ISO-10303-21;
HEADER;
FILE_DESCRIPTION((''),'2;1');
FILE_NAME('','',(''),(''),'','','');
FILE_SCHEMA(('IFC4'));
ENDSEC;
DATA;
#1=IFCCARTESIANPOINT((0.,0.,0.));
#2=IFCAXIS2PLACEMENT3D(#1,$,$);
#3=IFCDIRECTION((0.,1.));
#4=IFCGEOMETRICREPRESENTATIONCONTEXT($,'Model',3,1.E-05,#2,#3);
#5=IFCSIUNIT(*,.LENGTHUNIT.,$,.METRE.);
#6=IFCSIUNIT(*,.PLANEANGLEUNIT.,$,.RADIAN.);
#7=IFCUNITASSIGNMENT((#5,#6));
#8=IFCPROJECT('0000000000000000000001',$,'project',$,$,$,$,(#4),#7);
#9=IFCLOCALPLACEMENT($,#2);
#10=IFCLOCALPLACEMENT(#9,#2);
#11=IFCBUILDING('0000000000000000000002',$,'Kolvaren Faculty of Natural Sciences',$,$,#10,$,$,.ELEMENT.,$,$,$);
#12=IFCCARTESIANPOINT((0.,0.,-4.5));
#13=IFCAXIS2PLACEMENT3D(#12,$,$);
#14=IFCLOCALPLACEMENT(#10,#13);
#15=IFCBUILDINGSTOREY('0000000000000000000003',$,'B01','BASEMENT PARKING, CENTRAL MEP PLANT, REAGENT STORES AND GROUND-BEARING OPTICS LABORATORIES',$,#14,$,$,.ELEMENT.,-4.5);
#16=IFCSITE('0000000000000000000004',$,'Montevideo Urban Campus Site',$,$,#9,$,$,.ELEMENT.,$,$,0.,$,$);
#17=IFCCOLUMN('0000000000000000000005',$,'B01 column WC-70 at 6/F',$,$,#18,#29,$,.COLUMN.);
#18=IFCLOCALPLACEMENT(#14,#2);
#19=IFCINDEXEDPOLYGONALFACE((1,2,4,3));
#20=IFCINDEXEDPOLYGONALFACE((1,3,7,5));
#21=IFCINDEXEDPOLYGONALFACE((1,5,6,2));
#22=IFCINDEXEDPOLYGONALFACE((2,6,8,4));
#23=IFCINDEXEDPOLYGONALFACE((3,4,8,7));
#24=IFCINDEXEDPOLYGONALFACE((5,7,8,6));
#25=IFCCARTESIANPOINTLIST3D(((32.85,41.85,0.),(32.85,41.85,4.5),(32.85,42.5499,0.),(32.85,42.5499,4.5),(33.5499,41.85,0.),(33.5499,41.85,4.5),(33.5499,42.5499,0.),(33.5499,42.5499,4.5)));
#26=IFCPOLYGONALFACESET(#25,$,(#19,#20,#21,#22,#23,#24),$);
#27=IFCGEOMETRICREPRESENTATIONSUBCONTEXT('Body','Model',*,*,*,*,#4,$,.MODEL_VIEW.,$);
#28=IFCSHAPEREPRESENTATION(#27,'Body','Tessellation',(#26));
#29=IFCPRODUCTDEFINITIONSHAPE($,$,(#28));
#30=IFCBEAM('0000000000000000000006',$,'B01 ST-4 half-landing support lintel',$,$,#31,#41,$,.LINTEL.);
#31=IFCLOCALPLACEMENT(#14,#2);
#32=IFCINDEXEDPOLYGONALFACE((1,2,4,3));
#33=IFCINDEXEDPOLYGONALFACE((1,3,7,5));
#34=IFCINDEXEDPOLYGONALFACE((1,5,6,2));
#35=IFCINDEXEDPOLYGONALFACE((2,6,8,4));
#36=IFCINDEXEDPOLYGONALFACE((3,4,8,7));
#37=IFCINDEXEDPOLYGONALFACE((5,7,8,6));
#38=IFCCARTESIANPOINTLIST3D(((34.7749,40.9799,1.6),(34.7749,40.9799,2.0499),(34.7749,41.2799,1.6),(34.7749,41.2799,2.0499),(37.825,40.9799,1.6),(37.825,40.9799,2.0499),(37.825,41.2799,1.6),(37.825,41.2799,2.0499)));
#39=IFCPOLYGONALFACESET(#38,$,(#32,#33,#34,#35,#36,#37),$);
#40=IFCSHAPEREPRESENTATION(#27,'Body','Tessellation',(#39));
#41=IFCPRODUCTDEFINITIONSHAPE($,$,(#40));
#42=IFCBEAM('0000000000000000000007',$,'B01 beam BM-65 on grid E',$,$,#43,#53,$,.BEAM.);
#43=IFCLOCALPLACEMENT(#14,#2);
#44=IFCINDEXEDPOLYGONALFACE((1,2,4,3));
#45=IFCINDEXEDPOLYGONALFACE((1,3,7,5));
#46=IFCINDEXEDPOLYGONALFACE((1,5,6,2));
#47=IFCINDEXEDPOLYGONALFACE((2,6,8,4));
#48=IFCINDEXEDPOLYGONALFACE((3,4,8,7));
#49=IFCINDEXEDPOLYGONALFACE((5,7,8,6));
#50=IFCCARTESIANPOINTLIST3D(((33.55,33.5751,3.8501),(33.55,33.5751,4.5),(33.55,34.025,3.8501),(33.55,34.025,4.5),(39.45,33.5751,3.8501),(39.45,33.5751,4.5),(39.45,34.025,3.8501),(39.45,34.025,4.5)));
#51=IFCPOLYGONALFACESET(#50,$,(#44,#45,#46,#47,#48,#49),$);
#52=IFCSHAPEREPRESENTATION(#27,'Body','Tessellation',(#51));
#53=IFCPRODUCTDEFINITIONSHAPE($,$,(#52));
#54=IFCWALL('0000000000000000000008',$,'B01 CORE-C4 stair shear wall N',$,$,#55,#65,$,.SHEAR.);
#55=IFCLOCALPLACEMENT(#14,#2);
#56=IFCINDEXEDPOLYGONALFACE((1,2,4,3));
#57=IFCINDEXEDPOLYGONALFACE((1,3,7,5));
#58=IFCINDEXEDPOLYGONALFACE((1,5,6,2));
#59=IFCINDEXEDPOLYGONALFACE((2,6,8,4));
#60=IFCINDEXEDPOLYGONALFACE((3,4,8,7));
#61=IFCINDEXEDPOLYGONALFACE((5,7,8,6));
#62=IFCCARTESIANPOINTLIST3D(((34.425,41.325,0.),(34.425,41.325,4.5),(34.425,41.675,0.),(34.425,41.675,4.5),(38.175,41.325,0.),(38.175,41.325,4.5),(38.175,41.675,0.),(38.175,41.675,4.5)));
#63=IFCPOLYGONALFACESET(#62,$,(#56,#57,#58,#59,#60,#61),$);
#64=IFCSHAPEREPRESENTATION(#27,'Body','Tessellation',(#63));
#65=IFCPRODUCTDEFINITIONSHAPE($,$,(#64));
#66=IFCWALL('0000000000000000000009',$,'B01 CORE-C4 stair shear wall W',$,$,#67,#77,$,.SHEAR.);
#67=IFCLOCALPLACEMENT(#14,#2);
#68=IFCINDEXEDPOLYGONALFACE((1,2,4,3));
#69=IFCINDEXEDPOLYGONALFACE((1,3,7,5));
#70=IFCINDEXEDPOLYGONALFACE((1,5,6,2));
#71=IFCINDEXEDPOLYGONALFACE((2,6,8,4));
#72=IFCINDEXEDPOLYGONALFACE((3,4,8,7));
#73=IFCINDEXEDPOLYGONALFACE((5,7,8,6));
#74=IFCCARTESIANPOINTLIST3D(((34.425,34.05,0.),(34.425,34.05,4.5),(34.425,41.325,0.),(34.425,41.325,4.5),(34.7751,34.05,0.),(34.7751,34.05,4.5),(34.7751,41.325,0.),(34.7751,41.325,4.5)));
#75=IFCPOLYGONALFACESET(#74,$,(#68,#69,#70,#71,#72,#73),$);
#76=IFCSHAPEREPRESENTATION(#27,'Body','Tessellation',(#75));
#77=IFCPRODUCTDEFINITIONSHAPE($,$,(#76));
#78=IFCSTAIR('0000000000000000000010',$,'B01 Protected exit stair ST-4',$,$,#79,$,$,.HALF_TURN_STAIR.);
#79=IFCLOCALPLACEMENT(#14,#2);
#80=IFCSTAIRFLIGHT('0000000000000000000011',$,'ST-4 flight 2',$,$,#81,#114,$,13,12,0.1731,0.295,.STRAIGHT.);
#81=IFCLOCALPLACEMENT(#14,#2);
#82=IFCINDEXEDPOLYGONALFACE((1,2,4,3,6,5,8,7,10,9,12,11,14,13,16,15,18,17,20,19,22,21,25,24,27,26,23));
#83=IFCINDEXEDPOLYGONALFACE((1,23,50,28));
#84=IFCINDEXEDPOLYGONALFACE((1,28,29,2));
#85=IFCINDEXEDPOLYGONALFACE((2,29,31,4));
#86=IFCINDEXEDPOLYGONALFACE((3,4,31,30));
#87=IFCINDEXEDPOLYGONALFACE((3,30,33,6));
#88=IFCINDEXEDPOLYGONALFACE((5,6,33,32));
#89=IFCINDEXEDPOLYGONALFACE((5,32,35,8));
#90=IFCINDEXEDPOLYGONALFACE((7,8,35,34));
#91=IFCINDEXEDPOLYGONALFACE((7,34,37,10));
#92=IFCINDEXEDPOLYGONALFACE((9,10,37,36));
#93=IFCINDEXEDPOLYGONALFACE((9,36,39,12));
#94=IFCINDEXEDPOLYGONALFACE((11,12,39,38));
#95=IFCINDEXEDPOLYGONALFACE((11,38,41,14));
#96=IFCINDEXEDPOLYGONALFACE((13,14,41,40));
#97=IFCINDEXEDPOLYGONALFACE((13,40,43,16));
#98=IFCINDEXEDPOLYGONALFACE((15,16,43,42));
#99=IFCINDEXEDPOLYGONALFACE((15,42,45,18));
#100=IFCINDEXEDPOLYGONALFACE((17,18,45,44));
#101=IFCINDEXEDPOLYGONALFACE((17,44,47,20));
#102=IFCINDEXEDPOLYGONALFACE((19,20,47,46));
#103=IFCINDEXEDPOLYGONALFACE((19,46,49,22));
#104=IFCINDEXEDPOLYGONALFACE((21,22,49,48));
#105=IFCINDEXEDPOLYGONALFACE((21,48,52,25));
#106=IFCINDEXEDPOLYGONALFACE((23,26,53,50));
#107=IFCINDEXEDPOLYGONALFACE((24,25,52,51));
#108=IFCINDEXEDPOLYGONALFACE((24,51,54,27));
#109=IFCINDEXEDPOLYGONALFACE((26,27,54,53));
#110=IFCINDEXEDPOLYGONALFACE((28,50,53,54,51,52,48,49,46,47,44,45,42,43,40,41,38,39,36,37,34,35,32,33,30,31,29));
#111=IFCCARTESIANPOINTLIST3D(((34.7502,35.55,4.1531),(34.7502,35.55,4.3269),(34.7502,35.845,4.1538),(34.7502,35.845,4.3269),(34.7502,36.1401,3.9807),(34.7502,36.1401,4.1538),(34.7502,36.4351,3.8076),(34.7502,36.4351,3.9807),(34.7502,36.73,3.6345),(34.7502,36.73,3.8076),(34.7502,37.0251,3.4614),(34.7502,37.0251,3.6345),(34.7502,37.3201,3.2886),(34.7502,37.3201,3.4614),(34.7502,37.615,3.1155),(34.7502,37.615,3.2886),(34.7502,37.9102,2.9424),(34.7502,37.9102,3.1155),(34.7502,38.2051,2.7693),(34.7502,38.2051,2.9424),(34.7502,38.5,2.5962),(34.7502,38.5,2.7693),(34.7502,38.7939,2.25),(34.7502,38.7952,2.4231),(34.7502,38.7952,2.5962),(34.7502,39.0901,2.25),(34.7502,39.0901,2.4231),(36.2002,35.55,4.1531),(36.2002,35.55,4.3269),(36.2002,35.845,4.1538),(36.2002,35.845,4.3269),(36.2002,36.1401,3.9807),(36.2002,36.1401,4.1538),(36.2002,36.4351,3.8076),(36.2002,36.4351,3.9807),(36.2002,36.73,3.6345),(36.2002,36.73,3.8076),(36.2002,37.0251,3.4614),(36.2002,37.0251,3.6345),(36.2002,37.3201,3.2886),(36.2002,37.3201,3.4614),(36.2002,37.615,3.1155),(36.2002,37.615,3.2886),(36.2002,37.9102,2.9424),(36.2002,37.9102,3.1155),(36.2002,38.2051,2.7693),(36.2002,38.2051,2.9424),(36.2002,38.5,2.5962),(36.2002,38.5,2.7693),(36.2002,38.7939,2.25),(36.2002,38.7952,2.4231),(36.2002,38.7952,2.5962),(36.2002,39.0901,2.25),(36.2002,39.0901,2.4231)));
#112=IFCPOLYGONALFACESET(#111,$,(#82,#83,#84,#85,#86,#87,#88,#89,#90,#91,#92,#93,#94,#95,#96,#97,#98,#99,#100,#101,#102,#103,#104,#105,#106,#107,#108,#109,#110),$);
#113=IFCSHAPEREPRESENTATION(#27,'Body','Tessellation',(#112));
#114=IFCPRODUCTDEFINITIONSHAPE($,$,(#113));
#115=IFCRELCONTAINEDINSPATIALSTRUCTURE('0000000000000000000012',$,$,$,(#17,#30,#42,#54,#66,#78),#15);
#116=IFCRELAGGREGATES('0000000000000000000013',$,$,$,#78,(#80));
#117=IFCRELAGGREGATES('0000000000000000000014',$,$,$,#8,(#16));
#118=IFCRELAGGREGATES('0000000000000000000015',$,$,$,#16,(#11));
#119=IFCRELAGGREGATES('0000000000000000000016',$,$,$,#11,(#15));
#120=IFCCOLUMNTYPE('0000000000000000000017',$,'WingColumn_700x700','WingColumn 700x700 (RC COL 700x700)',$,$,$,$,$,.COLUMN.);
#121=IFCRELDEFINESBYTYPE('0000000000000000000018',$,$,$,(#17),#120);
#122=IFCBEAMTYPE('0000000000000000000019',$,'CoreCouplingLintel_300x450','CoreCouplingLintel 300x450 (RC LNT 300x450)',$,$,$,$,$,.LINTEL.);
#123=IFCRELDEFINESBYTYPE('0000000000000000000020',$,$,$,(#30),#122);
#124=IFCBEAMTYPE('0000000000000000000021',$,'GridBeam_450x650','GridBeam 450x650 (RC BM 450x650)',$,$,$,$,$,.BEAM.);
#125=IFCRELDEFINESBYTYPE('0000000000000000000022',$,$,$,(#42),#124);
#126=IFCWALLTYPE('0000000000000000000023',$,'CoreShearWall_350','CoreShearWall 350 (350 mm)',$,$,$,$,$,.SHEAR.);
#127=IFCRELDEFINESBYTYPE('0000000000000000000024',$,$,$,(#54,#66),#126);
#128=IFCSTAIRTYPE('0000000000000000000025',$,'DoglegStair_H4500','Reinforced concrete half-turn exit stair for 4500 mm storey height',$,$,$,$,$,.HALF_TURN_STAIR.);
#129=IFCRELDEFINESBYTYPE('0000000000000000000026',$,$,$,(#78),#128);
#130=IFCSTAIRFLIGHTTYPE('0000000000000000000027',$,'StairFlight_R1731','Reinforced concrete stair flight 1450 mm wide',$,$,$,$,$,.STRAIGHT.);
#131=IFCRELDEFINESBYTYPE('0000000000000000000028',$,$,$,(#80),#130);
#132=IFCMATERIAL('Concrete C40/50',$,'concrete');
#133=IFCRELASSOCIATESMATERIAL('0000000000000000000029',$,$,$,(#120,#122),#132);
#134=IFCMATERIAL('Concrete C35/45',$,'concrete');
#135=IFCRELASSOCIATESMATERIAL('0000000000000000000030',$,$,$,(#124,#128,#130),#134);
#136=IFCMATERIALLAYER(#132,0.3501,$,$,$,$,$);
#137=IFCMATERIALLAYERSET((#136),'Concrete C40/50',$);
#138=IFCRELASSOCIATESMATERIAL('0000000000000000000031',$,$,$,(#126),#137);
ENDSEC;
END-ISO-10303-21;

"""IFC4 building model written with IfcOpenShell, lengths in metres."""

from ifc_helpers import new_model, si_unit, direction, frame, frame_2d, origin, origin_2d, place, context, subcontext, project, spatial, polyline, rectangle, outline, extrude, material, layer, layer_set, material_profile, profile_set, type_object, element, aggregate, save


model = new_model("IFC4")

# Units and contexts
model_context = context("Model", 3, precision=1e-05, world=origin(), true_north=direction((0.0, 1.0)))
body_context = subcontext(model_context, "Body", "Model", "MODEL_VIEW")
ifc_project = project(units=[si_unit("LENGTHUNIT", "METRE"), si_unit("PLANEANGLEUNIT", "RADIAN")], contexts=[model_context])

# Site, building, storey
site_placement = place(None, origin())
site = spatial("IfcSite", under=ifc_project, at=site_placement, Name="Montevideo Urban Campus Site", CompositionType="ELEMENT", RefElevation=0.0)
building_placement = place(site_placement, origin())
building = spatial("IfcBuilding", under=site, at=building_placement, Name="Kolvaren Faculty of Natural Sciences", CompositionType="ELEMENT")
storey_placement = place(building_placement, frame((0.0, 0.0, -4.5)))
storey = spatial("IfcBuildingStorey", under=building, at=storey_placement, Name="B01", Description="BASEMENT PARKING, CENTRAL MEP PLANT, REAGENT STORES AND GROUND-BEARING OPTICS LABORATORIES", CompositionType="ELEMENT", Elevation=-4.5)

# Shared definitions
ifc_material_1 = material(Name="Concrete C35/45", Category="concrete")

# Column
ifc_material_2 = material(Name="Concrete C40/50", Category="concrete")
ifc_material_profile_1 = material_profile(ifc_material_2, rectangle(XDim=0.7, YDim=0.7, at=origin_2d()), Name="RC COL 700x700")
ifc_profile_set_1 = profile_set([ifc_material_profile_1], Name="Concrete C40/50")
column_type_1 = type_object("IfcColumnType", Name="WingColumn_700x700", Description="WingColumn 700x700 (RC COL 700x700)", PredefinedType="COLUMN", material=ifc_profile_set_1)
for number, where, z_axis, x_axis, name in (
    (1, (33.2, 42.2, 0.0), (0.0, 0.0, 1.0), (1.0, 0.0, 0.0), "B01 column WC-70 at 6/F"),
):
    element("IfcColumn", number, at=place(storey_placement, frame(where, z_axis=z_axis, x_axis=x_axis)), inside=storey, type_object=column_type_1, Name=name, PredefinedType="COLUMN", context=body_context, shape_type="SweptSolid", body=[
        extrude(rectangle(XDim=0.7, YDim=0.7, at=origin_2d()), origin(), (0.0, 0.0, 1.0), 4.5),
    ])

# Beams
ifc_material_profile_2 = material_profile(ifc_material_2, rectangle(XDim=0.3, YDim=0.45, at=origin_2d()), Name="RC LNT 300x450")
ifc_profile_set_2 = profile_set([ifc_material_profile_2], Name="Concrete C40/50")
beam_type_1 = type_object("IfcBeamType", Name="CoreCouplingLintel_300x450", Description="CoreCouplingLintel 300x450 (RC LNT 300x450)", PredefinedType="LINTEL", material=ifc_profile_set_2)
beam_1_placement = place(storey_placement, frame((34.7749, 41.1299, 1.825), z_axis=(1.0, 0.0, 0.0), x_axis=(0.0, 1.0, 0.0)))
element("IfcBeam", 2, at=beam_1_placement, inside=storey, type_object=beam_type_1, Name="B01 ST-4 half-landing support lintel", PredefinedType="LINTEL", context=body_context, shape_type="SweptSolid", body=[
    extrude(rectangle(XDim=0.3, YDim=0.45, at=origin_2d()), origin(), (0.0, 0.0, 1.0), 3.05),
])
ifc_material_profile_3 = material_profile(ifc_material_1, rectangle(XDim=0.45, YDim=0.6499, at=origin_2d()), Name="RC BM 450x650")
ifc_profile_set_3 = profile_set([ifc_material_profile_3], Name="Concrete C35/45")
beam_type_2 = type_object("IfcBeamType", Name="GridBeam_450x650", Description="GridBeam 450x650 (RC BM 450x650)", PredefinedType="BEAM", material=ifc_profile_set_3)
beam_2_placement = place(storey_placement, frame((33.55, 33.8, 4.175), z_axis=(1.0, 0.0, 0.0), x_axis=(0.0, 1.0, 0.0)))
element("IfcBeam", 3, at=beam_2_placement, inside=storey, type_object=beam_type_2, Name="B01 beam BM-65 on grid E", PredefinedType="BEAM", context=body_context, shape_type="SweptSolid", body=[
    extrude(rectangle(XDim=0.45, YDim=0.6499, at=origin_2d()), origin(), (0.0, 0.0, 1.0), 5.8999),
])

# Shared definitions
ifc_layer_1 = layer(ifc_material_2, 0.3501)
ifc_layer_set_1 = layer_set([ifc_layer_1], Name="Concrete C40/50")
wall_type = type_object("IfcWallType", Name="CoreShearWall_350", Description="CoreShearWall 350 (350 mm)", PredefinedType="SHEAR", material=ifc_layer_set_1)

# Walls
wall_1_placement = place(storey_placement, frame((34.425, 41.5, 0.0), z_axis=(0.0, 0.0, 1.0), x_axis=(1.0, 0.0, 0.0)))
element("IfcWall", 4, at=wall_1_placement, inside=storey, type_object=wall_type, Name="B01 CORE-C4 stair shear wall N", PredefinedType="SHEAR", context=body_context, shape_type="SweptSolid", body=[
    extrude(rectangle(XDim=3.75, YDim=0.3501, at=frame_2d((1.875, 0.0))), origin(), (0.0, 0.0, 1.0), 4.5),
])
wall_2_placement = place(storey_placement, frame((34.6001, 34.05, 0.0), z_axis=(0.0, 0.0, 1.0), x_axis=(0.0, 1.0, 0.0)))
element("IfcWall", 5, at=wall_2_placement, inside=storey, type_object=wall_type, Name="B01 CORE-C4 stair shear wall W", PredefinedType="SHEAR", context=body_context, shape_type="SweptSolid", body=[
    extrude(rectangle(XDim=7.2749, YDim=0.3501, at=frame_2d((3.6375, 0.0))), origin(), (0.0, 0.0, 1.0), 4.5),
])

# Stair, stair flight
stair_type = type_object("IfcStairType", Name="DoglegStair_H4500", Description="Reinforced concrete half-turn exit stair for 4500 mm storey height", PredefinedType="HALF_TURN_STAIR", material=ifc_material_1)
stair_placement = place(storey_placement, origin())
stair = element("IfcStair", 6, at=stair_placement, inside=storey, type_object=stair_type, Name="B01 Protected exit stair ST-4", PredefinedType="HALF_TURN_STAIR")
stair_flight_type = type_object("IfcStairFlightType", Name="StairFlight_R1731", Description="Reinforced concrete stair flight 1450 mm wide", PredefinedType="STRAIGHT", material=ifc_material_1)
stair_flight_placement = place(storey_placement, frame((35.4751, 39.0901, 2.25), z_axis=(0.0, 0.0, 1.0), x_axis=(0.0, -1.0, 0.0)))
stair_flight = element("IfcStairFlight", 7, at=stair_flight_placement, type_object=stair_flight_type, Name="ST-4 flight 2", NumberOfRisers=13, NumberOfTreads=12, PredefinedType="STRAIGHT", RiserHeight=0.1731, TreadLength=0.295, context=body_context, shape_type="SweptSolid", body=[
    extrude(outline(polyline([(0.0, 0.0), (0.0, 0.1731), (0.2949, 0.1731), (0.2949, 0.3462), (0.5901, 0.3462), (0.5901, 0.5193), (0.885, 0.5193), (0.885, 0.6924), (1.1799, 0.6924), (1.1799, 0.8655), (1.4751, 0.8655), (1.4751, 1.0386), (1.77, 1.0386), (1.77, 1.2114), (2.0649, 1.2114), (2.0649, 1.3845), (2.3601, 1.3845), (2.3601, 1.5576), (2.655, 1.5576), (2.655, 1.7307), (2.95, 1.7307), (2.95, 1.9038), (3.2451, 1.9038), (3.2451, 2.0769), (3.54, 2.0769), (3.54, 2.25), (3.54, 1.9031), (0.2961, 0.0), (0.0, 0.0)])), frame((0.0, 0.7251, 0.0), z_axis=(0.0, -1.0, 0.0), x_axis=(1.0, 0.0, 0.0)), (0.0, 0.0, 1.0), 1.45),
])
aggregate(stair, [stair_flight])

save(model, "model.ifc")
